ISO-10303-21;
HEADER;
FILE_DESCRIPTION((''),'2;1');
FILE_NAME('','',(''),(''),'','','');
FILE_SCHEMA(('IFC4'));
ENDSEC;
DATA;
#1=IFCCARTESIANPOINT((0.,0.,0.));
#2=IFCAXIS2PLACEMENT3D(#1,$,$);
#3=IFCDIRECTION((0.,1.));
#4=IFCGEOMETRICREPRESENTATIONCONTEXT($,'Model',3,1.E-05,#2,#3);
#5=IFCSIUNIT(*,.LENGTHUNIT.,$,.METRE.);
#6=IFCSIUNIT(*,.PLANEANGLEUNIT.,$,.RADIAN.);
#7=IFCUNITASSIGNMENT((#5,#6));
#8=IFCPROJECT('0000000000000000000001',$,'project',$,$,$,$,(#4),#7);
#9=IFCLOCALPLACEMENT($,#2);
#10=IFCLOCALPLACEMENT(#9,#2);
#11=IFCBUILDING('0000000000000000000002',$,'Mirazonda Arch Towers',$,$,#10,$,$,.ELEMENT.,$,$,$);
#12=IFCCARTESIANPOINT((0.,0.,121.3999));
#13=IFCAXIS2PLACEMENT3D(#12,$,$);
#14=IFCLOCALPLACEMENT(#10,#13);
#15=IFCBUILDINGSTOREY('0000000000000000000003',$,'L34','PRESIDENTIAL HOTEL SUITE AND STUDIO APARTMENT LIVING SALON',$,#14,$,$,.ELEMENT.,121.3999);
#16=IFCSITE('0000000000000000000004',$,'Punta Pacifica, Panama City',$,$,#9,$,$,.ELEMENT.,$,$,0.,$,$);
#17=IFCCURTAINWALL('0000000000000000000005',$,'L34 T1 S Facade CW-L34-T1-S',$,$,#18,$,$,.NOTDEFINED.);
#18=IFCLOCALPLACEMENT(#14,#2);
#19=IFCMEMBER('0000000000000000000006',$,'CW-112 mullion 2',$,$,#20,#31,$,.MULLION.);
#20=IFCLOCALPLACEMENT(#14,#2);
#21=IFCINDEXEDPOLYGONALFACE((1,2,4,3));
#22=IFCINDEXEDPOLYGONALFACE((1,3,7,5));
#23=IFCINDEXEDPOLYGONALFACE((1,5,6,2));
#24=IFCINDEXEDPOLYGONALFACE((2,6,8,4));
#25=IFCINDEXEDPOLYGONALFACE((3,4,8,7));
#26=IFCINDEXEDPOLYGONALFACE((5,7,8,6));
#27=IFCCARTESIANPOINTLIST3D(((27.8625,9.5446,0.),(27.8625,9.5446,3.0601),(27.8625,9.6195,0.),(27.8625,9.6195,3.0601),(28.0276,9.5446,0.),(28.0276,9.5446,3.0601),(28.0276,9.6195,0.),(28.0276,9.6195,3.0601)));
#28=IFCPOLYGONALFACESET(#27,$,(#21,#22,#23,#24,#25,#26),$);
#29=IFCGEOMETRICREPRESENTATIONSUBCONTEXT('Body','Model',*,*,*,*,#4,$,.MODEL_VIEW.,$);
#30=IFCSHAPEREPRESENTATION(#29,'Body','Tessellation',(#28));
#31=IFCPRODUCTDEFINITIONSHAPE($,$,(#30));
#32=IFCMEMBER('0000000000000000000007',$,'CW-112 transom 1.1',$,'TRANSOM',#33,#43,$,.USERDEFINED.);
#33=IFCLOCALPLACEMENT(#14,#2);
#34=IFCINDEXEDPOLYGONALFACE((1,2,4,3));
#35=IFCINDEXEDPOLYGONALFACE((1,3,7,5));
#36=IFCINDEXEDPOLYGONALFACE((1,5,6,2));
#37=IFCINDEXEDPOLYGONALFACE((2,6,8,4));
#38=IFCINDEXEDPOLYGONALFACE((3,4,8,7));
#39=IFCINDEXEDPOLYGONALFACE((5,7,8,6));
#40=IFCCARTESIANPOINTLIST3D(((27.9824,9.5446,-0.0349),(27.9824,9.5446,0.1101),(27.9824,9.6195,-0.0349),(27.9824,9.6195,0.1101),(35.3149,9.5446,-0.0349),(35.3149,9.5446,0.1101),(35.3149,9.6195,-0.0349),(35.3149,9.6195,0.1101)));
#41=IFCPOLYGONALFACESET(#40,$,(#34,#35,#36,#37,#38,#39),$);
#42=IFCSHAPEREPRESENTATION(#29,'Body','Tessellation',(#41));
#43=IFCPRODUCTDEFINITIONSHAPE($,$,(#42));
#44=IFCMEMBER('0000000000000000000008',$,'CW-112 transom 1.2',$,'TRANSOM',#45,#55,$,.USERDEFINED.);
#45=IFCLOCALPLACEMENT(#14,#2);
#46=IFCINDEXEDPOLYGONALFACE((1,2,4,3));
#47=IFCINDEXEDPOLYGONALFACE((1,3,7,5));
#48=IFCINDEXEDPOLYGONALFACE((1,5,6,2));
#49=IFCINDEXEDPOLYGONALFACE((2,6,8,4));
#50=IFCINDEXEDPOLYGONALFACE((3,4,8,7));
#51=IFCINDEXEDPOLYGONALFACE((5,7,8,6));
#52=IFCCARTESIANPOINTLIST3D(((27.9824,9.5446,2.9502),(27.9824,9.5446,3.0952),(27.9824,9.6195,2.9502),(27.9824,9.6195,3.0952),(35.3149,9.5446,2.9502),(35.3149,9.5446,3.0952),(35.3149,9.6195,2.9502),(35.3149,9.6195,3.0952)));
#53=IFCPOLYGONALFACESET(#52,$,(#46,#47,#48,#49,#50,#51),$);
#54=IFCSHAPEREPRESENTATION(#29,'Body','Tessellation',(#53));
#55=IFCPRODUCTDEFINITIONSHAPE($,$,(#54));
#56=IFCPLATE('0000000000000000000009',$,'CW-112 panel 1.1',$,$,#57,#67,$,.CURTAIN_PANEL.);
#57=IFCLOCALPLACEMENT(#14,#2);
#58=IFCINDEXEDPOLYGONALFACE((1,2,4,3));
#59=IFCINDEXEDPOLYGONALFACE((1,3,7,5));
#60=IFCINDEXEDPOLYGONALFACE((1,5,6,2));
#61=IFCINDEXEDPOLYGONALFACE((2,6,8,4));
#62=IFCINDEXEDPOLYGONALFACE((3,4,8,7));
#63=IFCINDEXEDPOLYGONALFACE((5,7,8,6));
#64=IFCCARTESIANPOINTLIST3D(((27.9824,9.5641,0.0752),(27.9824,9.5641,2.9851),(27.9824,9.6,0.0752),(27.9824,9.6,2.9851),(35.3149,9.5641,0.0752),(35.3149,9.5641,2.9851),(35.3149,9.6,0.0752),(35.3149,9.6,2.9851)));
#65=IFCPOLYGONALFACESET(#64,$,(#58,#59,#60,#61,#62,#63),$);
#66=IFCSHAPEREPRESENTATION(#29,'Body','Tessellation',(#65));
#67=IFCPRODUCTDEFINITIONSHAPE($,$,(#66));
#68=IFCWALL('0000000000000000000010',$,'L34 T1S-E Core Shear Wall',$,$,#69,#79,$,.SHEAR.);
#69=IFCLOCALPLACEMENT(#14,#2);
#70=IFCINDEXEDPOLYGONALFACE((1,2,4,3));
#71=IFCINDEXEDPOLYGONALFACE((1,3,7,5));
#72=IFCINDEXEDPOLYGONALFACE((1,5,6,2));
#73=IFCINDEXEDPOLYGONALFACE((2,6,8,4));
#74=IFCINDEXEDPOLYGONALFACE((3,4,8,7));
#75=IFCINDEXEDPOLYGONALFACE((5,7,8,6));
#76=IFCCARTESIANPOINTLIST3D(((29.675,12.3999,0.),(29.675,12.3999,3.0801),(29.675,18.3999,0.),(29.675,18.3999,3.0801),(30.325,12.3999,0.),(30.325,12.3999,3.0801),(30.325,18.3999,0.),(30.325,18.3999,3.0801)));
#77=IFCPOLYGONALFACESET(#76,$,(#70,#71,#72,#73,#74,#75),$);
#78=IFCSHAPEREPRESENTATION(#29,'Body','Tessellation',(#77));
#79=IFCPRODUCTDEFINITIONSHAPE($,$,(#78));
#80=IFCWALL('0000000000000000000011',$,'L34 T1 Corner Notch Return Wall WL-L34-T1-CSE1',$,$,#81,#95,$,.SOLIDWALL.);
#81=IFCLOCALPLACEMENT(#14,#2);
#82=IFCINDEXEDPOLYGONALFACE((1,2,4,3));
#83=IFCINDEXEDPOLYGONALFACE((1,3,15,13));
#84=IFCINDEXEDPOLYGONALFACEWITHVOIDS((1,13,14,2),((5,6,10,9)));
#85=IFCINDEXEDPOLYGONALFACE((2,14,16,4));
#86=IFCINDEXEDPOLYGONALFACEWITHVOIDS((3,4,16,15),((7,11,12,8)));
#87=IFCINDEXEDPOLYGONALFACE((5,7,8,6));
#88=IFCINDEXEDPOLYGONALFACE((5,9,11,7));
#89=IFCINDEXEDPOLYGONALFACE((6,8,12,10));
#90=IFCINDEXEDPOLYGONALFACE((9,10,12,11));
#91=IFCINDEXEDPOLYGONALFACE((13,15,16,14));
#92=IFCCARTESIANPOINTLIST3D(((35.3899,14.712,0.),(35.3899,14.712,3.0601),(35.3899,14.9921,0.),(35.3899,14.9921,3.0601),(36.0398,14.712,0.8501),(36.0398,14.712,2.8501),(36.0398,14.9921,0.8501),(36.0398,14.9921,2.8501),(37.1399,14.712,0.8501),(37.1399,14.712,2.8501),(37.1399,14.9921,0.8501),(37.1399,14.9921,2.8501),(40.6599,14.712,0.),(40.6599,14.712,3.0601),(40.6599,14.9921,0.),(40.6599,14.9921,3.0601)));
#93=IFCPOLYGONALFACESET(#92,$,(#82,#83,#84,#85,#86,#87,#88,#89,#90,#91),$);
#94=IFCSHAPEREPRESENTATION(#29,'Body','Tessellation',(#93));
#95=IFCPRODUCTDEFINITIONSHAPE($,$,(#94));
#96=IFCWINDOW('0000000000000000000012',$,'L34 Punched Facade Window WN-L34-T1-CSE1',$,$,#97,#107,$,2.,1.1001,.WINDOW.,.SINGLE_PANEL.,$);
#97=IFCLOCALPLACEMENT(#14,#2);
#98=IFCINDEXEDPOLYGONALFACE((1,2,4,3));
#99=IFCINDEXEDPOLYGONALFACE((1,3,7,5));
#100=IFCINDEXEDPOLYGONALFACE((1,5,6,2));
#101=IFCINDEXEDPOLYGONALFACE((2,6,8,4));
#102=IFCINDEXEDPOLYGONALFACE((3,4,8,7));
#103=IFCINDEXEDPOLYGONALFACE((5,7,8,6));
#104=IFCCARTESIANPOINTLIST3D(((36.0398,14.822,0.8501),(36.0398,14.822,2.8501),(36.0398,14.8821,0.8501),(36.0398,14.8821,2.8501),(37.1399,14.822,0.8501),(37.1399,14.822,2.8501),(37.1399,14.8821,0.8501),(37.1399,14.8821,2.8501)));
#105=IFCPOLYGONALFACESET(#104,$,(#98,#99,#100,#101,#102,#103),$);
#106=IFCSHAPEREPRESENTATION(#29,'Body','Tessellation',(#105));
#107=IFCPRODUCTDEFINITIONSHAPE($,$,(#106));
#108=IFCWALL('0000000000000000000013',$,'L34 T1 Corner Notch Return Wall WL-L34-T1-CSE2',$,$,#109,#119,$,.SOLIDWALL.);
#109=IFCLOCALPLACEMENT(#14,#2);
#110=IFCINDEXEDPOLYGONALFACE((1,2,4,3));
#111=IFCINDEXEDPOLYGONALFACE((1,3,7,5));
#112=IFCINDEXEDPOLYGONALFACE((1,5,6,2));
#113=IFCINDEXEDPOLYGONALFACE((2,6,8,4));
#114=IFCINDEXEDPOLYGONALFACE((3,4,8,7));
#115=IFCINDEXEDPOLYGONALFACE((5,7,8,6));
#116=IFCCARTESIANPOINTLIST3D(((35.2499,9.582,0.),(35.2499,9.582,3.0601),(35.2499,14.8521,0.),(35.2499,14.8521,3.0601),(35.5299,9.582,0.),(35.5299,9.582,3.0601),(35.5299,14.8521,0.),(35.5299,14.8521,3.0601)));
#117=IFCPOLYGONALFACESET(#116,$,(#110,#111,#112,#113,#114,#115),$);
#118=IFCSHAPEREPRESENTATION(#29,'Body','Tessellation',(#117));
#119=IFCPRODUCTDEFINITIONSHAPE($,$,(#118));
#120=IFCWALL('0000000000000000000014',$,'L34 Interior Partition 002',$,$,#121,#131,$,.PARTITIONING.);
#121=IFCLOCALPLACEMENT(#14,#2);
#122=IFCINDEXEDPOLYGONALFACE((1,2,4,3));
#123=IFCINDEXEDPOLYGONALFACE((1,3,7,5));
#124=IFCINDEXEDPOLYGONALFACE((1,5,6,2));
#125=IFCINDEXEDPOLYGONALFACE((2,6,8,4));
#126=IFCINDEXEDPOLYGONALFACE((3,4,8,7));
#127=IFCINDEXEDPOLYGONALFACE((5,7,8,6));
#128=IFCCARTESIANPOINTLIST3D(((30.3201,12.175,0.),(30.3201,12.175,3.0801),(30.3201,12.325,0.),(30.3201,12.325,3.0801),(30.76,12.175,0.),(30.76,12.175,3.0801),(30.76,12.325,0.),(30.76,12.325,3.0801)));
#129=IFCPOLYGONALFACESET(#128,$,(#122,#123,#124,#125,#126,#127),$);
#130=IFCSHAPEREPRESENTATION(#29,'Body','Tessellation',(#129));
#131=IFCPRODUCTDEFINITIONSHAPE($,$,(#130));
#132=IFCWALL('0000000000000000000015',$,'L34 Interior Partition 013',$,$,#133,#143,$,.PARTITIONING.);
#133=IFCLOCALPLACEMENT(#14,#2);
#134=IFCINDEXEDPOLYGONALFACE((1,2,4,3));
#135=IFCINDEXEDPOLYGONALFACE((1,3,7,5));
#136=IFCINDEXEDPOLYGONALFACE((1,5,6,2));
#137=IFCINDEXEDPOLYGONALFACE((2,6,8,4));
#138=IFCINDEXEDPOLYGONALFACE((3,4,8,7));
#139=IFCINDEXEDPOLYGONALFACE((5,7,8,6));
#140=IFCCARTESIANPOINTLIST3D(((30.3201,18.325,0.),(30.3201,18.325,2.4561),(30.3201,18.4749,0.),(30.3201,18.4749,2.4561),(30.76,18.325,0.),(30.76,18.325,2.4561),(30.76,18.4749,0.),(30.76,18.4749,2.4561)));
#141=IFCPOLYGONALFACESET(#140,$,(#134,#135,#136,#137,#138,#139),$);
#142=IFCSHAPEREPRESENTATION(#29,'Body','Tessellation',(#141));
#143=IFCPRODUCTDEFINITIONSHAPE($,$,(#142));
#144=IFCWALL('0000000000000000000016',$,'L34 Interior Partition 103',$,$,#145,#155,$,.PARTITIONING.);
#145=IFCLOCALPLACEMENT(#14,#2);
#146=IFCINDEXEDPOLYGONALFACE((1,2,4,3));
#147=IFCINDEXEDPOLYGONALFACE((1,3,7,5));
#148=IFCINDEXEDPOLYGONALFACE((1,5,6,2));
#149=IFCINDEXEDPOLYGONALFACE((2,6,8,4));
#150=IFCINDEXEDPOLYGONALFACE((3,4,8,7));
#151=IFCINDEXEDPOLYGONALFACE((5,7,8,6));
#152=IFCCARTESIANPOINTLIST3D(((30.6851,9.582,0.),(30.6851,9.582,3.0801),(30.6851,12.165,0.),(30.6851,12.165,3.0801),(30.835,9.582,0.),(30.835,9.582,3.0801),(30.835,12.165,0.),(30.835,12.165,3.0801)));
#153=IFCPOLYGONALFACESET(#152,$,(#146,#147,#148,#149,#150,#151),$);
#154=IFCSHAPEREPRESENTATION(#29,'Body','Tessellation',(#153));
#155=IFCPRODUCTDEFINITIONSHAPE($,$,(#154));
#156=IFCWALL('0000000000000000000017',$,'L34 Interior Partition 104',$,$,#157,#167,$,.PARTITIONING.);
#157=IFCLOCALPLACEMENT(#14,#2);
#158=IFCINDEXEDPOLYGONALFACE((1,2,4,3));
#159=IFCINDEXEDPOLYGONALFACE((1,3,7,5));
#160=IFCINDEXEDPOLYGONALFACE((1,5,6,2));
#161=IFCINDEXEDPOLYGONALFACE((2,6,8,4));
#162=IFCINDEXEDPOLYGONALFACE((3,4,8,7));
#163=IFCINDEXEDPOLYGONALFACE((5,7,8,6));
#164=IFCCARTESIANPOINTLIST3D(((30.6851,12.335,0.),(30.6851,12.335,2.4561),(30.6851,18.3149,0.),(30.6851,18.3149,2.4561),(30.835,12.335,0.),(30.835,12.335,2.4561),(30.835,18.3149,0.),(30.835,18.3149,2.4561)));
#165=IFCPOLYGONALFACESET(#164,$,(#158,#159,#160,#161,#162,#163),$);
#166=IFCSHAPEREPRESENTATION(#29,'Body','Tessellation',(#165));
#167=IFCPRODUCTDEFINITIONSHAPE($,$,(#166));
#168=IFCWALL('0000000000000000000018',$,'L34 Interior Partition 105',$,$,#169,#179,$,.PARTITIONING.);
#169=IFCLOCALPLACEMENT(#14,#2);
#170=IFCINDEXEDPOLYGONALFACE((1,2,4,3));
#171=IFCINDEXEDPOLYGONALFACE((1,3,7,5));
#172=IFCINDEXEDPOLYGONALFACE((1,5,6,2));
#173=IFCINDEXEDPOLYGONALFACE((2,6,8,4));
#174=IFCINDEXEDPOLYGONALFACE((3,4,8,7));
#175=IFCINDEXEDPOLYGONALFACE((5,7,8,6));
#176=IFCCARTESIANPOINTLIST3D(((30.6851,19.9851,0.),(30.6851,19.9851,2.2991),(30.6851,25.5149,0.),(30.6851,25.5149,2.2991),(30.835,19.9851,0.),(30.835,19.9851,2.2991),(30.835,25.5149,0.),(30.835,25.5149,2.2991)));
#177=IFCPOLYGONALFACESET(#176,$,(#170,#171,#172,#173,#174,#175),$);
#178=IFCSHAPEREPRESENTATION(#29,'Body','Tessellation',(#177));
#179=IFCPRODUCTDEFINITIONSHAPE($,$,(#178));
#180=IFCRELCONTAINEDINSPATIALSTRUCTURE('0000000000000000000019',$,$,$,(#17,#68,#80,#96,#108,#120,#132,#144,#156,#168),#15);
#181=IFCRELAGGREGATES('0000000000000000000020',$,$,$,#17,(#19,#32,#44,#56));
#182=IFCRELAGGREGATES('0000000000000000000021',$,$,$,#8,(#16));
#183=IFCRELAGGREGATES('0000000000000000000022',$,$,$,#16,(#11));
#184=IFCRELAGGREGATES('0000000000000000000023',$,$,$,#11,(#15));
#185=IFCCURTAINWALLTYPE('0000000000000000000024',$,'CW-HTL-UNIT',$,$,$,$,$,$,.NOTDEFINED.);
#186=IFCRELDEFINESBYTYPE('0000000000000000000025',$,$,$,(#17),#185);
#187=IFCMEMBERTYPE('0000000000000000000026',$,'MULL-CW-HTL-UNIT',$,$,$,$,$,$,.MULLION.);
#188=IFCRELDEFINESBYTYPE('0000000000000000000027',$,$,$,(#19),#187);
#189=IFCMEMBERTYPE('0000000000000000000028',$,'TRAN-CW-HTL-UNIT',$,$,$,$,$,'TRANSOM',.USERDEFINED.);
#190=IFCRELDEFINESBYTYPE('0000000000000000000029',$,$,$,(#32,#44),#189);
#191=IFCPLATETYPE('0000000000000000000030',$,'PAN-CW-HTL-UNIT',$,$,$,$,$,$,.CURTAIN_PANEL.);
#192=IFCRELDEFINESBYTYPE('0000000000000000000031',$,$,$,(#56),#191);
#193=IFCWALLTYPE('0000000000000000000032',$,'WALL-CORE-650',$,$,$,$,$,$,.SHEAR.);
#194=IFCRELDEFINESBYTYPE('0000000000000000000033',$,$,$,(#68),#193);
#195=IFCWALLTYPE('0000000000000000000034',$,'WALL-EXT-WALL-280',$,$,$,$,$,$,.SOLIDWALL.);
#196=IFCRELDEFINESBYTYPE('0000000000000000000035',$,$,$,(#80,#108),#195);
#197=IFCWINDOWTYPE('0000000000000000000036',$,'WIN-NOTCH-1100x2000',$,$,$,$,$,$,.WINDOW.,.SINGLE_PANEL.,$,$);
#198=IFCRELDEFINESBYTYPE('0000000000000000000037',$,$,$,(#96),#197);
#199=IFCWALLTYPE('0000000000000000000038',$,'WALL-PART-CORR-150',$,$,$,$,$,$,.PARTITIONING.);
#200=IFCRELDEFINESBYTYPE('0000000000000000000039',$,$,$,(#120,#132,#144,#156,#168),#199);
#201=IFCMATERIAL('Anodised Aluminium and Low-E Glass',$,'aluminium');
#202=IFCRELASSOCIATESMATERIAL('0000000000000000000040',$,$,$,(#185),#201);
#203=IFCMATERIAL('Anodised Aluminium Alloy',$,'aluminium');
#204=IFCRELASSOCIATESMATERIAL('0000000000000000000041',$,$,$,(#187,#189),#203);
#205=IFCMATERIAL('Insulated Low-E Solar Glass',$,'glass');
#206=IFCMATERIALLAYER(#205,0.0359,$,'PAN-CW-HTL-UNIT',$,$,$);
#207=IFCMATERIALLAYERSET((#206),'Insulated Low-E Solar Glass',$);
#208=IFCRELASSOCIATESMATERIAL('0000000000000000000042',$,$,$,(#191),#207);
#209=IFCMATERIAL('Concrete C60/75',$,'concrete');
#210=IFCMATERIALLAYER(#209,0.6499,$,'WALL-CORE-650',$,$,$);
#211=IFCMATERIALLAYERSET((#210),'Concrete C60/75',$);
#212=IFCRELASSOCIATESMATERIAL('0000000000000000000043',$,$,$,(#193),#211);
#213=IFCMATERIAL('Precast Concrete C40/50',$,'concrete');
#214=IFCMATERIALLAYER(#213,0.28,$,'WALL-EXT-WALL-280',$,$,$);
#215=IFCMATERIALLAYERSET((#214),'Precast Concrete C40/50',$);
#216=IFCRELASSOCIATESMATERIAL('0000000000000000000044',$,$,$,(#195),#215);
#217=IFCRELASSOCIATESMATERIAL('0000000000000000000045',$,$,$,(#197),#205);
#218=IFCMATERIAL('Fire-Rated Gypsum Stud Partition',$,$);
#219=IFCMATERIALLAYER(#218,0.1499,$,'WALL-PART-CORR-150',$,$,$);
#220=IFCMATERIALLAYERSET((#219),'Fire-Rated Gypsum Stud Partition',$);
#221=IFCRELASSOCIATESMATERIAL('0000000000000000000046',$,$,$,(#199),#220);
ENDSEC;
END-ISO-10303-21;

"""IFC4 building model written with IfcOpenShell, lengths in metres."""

from ifc_helpers import new_model, si_unit, direction, frame, frame_2d, origin, origin_2d, place, context, subcontext, project, spatial, rectangle, extrude, material, layer, layer_set, material_profile, profile_set, type_object, element, fill, aggregate, save


model = new_model("IFC4")

# Units and contexts
model_context = context("Model", 3, precision=1e-05, world=origin(), true_north=direction((0.0, 1.0)))
body_context = subcontext(model_context, "Body", "Model", "MODEL_VIEW")
ifc_project = project(units=[si_unit("LENGTHUNIT", "METRE"), si_unit("PLANEANGLEUNIT", "RADIAN")], contexts=[model_context])

# Site, building, storey
site_placement = place(None, origin())
site = spatial("IfcSite", under=ifc_project, at=site_placement, Name="Punta Pacifica, Panama City", CompositionType="ELEMENT", RefElevation=0.0)
building_placement = place(site_placement, origin())
building = spatial("IfcBuilding", under=site, at=building_placement, Name="Mirazonda Arch Towers", CompositionType="ELEMENT")
storey_placement = place(building_placement, frame((0.0, 0.0, 121.3999)))
storey = spatial("IfcBuildingStorey", under=building, at=storey_placement, Name="L34", Description="PRESIDENTIAL HOTEL SUITE AND STUDIO APARTMENT LIVING SALON", CompositionType="ELEMENT", Elevation=121.3999)

# Shared definitions
ifc_material_1 = material(Name="Concrete C60/75", Category="concrete")

# Curtain wall, members, plate
ifc_material_2 = material(Name="Anodised Aluminium and Low-E Glass", Category="aluminium")
curtain_wall_type = type_object("IfcCurtainWallType", Name="CW-HTL-UNIT", PredefinedType="NOTDEFINED", material=ifc_material_2)
curtain_wall_placement = place(storey_placement, origin())
curtain_wall = element("IfcCurtainWall", 1, at=curtain_wall_placement, inside=storey, type_object=curtain_wall_type, Name="L34 T1 S Facade CW-L34-T1-S", PredefinedType="NOTDEFINED")
ifc_material_3 = material(Name="Anodised Aluminium Alloy", Category="aluminium")
ifc_material_profile_1 = material_profile(ifc_material_3, rectangle(XDim=0.075, YDim=0.165, at=origin_2d()), Name="ALU-MULL-75x165")
ifc_profile_set_1 = profile_set([ifc_material_profile_1], Name="Anodised Aluminium Alloy")
member_type_1 = type_object("IfcMemberType", Name="MULL-CW-HTL-UNIT", PredefinedType="MULLION", material=ifc_profile_set_1)
member_1_placement = place(storey_placement, frame((27.9451, 9.582, 0.0), z_axis=(0.0, 0.0, 1.0), x_axis=(0.0, -1.0, 0.0)))
member_1 = element("IfcMember", 2, at=member_1_placement, type_object=member_type_1, Name="CW-112 mullion 2", PredefinedType="MULLION", context=body_context, shape_type="SweptSolid", body=[
    extrude(rectangle(XDim=0.075, YDim=0.165, at=origin_2d()), origin(), (0.0, 0.0, 1.0), 3.0601),
])
ifc_material_profile_2 = material_profile(ifc_material_3, rectangle(XDim=0.075, YDim=0.145, at=origin_2d()), Name="ALU-TRAN-75x145")
ifc_profile_set_2 = profile_set([ifc_material_profile_2], Name="Anodised Aluminium Alloy")
member_type_2 = type_object("IfcMemberType", Name="TRAN-CW-HTL-UNIT", ElementType="TRANSOM", PredefinedType="USERDEFINED", material=ifc_profile_set_2)
member_2_placement = place(storey_placement, frame((35.3149, 9.582, 0.0376), z_axis=(-1.0, 0.0, 0.0), x_axis=(0.0, -1.0, 0.0)))
member_2 = element("IfcMember", 3, at=member_2_placement, type_object=member_type_2, Name="CW-112 transom 1.1", ObjectType="TRANSOM", PredefinedType="USERDEFINED", context=body_context, shape_type="SweptSolid", body=[
    extrude(rectangle(XDim=0.075, YDim=0.145, at=origin_2d()), origin(), (0.0, 0.0, 1.0), 7.3325),
])
member_3_placement = place(storey_placement, frame((35.3149, 9.582, 3.0227), z_axis=(-1.0, 0.0, 0.0), x_axis=(0.0, -1.0, 0.0)))
member_3 = element("IfcMember", 4, at=member_3_placement, type_object=member_type_2, Name="CW-112 transom 1.2", ObjectType="TRANSOM", PredefinedType="USERDEFINED", context=body_context, shape_type="SweptSolid", body=[
    extrude(rectangle(XDim=0.075, YDim=0.145, at=origin_2d()), origin(), (0.0, 0.0, 1.0), 7.3325),
])
ifc_material_4 = material(Name="Insulated Low-E Solar Glass", Category="glass")
ifc_layer_1 = layer(ifc_material_4, 0.0359, Name="PAN-CW-HTL-UNIT")
ifc_layer_set_1 = layer_set([ifc_layer_1], Name="Insulated Low-E Solar Glass")
plate_type = type_object("IfcPlateType", Name="PAN-CW-HTL-UNIT", PredefinedType="CURTAIN_PANEL", material=ifc_layer_set_1)
plate_placement = place(storey_placement, frame((31.6487, 9.582, 0.0752), z_axis=(0.0, 0.0, 1.0), x_axis=(-1.0, 0.0, 0.0)))
plate = element("IfcPlate", 5, at=plate_placement, type_object=plate_type, Name="CW-112 panel 1.1", PredefinedType="CURTAIN_PANEL", context=body_context, shape_type="SweptSolid", body=[
    extrude(rectangle(XDim=7.3325, YDim=0.0359, at=origin_2d()), origin(), (0.0, 0.0, 1.0), 2.9099),
])
aggregate(curtain_wall, [member_1, member_2, member_3, plate])

# Wall
ifc_layer_2 = layer(ifc_material_1, 0.6499, Name="WALL-CORE-650")
ifc_layer_set_2 = layer_set([ifc_layer_2], Name="Concrete C60/75")
wall_type_1 = type_object("IfcWallType", Name="WALL-CORE-650", PredefinedType="SHEAR", material=ifc_layer_set_2)
wall_1_placement = place(storey_placement, frame((30.0, 12.3999, 0.0), z_axis=(0.0, 0.0, 1.0), x_axis=(0.0, 1.0, 0.0)))
element("IfcWall", 6, at=wall_1_placement, inside=storey, type_object=wall_type_1, Name="L34 T1S-E Core Shear Wall", PredefinedType="SHEAR", context=body_context, shape_type="SweptSolid", body=[
    extrude(rectangle(XDim=6.0, YDim=0.6499, at=frame_2d((3.0, 0.0))), origin(), (0.0, 0.0, 1.0), 3.0801),
])

# Wall, opening, window
ifc_material_5 = material(Name="Precast Concrete C40/50", Category="concrete")
ifc_layer_3 = layer(ifc_material_5, 0.28, Name="WALL-EXT-WALL-280")
ifc_layer_set_3 = layer_set([ifc_layer_3], Name="Precast Concrete C40/50")
wall_type_2 = type_object("IfcWallType", Name="WALL-EXT-WALL-280", PredefinedType="SOLIDWALL", material=ifc_layer_set_3)
wall_2_placement = place(storey_placement, frame((35.3899, 14.8521, 0.0), z_axis=(0.0, 0.0, 1.0), x_axis=(1.0, 0.0, 0.0)))
wall_2 = element("IfcWall", 7, at=wall_2_placement, inside=storey, type_object=wall_type_2, Name="L34 T1 Corner Notch Return Wall WL-L34-T1-CSE1", PredefinedType="SOLIDWALL", context=body_context, shape_type="SweptSolid", body=[
    extrude(rectangle(XDim=5.27, YDim=0.28, at=frame_2d((2.635, 0.0))), origin(), (0.0, 0.0, 1.0), 3.0601),
])
opening_1_placement = place(wall_2_placement, frame((0.6499, 0.0, 0.8501)))
opening_1 = element("IfcOpeningElement", 8, at=opening_1_placement, cuts=wall_2, PredefinedType="OPENING", context=body_context, shape_type="SweptSolid", body=[
    extrude(rectangle(XDim=1.1001, YDim=2.0, at=frame_2d((0.55, 1.0))), frame((0.0, 0.1499, 0.0), z_axis=(0.0, -1.0, 0.0), x_axis=(1.0, 0.0, 0.0)), (0.0, 0.0, 1.0), 0.3),
])
window_type = type_object("IfcWindowType", Name="WIN-NOTCH-1100x2000", PartitioningType="SINGLE_PANEL", PredefinedType="WINDOW", material=ifc_material_4)
window_placement = place(opening_1_placement, origin())
window = element("IfcWindow", 9, at=window_placement, inside=storey, type_object=window_type, Name="L34 Punched Facade Window WN-L34-T1-CSE1", OverallHeight=2.0, OverallWidth=1.1001, PartitioningType="SINGLE_PANEL", PredefinedType="WINDOW", context=body_context, shape_type="SweptSolid", body=[
    extrude(rectangle(XDim=1.1001, YDim=2.0, at=frame_2d((0.55, 1.0))), frame((0.0, 0.03, 0.0), z_axis=(0.0, -1.0, 0.0), x_axis=(1.0, 0.0, 0.0)), (0.0, 0.0, 1.0), 0.0601),
])
fill(opening_1, window)

# Walls
wall_3_placement = place(storey_placement, frame((35.3899, 9.582, 0.0), z_axis=(0.0, 0.0, 1.0), x_axis=(0.0, 1.0, 0.0)))
element("IfcWall", 10, at=wall_3_placement, inside=storey, type_object=wall_type_2, Name="L34 T1 Corner Notch Return Wall WL-L34-T1-CSE2", PredefinedType="SOLIDWALL", context=body_context, shape_type="SweptSolid", body=[
    extrude(rectangle(XDim=5.27, YDim=0.28, at=frame_2d((2.635, 0.0))), origin(), (0.0, 0.0, 1.0), 3.0601),
])
ifc_material_6 = material(Name="Fire-Rated Gypsum Stud Partition")
ifc_layer_4 = layer(ifc_material_6, 0.1499, Name="WALL-PART-CORR-150")
ifc_layer_set_4 = layer_set([ifc_layer_4], Name="Fire-Rated Gypsum Stud Partition")
wall_type_3 = type_object("IfcWallType", Name="WALL-PART-CORR-150", PredefinedType="PARTITIONING", material=ifc_layer_set_4)
wall_4_placement = place(storey_placement, frame((30.3201, 12.25, 0.0), z_axis=(0.0, 0.0, 1.0), x_axis=(1.0, 0.0, 0.0)))
element("IfcWall", 11, at=wall_4_placement, inside=storey, type_object=wall_type_3, Name="L34 Interior Partition 002", PredefinedType="PARTITIONING", context=body_context, shape_type="SweptSolid", body=[
    extrude(rectangle(XDim=0.4399, YDim=0.1499, at=frame_2d((0.22, 0.0))), origin(), (0.0, 0.0, 1.0), 3.0801),
])
wall_5_placement = place(storey_placement, frame((30.3201, 18.3999, 0.0), z_axis=(0.0, 0.0, 1.0), x_axis=(1.0, 0.0, 0.0)))
element("IfcWall", 12, at=wall_5_placement, inside=storey, type_object=wall_type_3, Name="L34 Interior Partition 013", PredefinedType="PARTITIONING", context=body_context, shape_type="SweptSolid", body=[
    extrude(rectangle(XDim=0.4399, YDim=0.1499, at=frame_2d((0.22, 0.0))), origin(), (0.0, 0.0, 1.0), 2.4561),
])
wall_6_placement = place(storey_placement, frame((30.76, 9.582, 0.0), z_axis=(0.0, 0.0, 1.0), x_axis=(0.0, 1.0, 0.0)))
element("IfcWall", 13, at=wall_6_placement, inside=storey, type_object=wall_type_3, Name="L34 Interior Partition 103", PredefinedType="PARTITIONING", context=body_context, shape_type="SweptSolid", body=[
    extrude(rectangle(XDim=2.583, YDim=0.1499, at=frame_2d((1.2915, 0.0))), origin(), (0.0, 0.0, 1.0), 3.0801),
])
wall_7_placement = place(storey_placement, frame((30.76, 12.335, 0.0), z_axis=(0.0, 0.0, 1.0), x_axis=(0.0, 1.0, 0.0)))
element("IfcWall", 14, at=wall_7_placement, inside=storey, type_object=wall_type_3, Name="L34 Interior Partition 104", PredefinedType="PARTITIONING", context=body_context, shape_type="SweptSolid", body=[
    extrude(rectangle(XDim=5.98, YDim=0.1499, at=frame_2d((2.99, 0.0))), origin(), (0.0, 0.0, 1.0), 2.4561),
])
wall_8_placement = place(storey_placement, frame((30.76, 19.9851, 0.0), z_axis=(0.0, 0.0, 1.0), x_axis=(0.0, 1.0, 0.0)))
element("IfcWall", 15, at=wall_8_placement, inside=storey, type_object=wall_type_3, Name="L34 Interior Partition 105", PredefinedType="PARTITIONING", context=body_context, shape_type="SweptSolid", body=[
    extrude(rectangle(XDim=5.5298, YDim=0.1499, at=frame_2d((2.7649, 0.0))), origin(), (0.0, 0.0, 1.0), 2.2991),
])

save(model, "model.ifc")
